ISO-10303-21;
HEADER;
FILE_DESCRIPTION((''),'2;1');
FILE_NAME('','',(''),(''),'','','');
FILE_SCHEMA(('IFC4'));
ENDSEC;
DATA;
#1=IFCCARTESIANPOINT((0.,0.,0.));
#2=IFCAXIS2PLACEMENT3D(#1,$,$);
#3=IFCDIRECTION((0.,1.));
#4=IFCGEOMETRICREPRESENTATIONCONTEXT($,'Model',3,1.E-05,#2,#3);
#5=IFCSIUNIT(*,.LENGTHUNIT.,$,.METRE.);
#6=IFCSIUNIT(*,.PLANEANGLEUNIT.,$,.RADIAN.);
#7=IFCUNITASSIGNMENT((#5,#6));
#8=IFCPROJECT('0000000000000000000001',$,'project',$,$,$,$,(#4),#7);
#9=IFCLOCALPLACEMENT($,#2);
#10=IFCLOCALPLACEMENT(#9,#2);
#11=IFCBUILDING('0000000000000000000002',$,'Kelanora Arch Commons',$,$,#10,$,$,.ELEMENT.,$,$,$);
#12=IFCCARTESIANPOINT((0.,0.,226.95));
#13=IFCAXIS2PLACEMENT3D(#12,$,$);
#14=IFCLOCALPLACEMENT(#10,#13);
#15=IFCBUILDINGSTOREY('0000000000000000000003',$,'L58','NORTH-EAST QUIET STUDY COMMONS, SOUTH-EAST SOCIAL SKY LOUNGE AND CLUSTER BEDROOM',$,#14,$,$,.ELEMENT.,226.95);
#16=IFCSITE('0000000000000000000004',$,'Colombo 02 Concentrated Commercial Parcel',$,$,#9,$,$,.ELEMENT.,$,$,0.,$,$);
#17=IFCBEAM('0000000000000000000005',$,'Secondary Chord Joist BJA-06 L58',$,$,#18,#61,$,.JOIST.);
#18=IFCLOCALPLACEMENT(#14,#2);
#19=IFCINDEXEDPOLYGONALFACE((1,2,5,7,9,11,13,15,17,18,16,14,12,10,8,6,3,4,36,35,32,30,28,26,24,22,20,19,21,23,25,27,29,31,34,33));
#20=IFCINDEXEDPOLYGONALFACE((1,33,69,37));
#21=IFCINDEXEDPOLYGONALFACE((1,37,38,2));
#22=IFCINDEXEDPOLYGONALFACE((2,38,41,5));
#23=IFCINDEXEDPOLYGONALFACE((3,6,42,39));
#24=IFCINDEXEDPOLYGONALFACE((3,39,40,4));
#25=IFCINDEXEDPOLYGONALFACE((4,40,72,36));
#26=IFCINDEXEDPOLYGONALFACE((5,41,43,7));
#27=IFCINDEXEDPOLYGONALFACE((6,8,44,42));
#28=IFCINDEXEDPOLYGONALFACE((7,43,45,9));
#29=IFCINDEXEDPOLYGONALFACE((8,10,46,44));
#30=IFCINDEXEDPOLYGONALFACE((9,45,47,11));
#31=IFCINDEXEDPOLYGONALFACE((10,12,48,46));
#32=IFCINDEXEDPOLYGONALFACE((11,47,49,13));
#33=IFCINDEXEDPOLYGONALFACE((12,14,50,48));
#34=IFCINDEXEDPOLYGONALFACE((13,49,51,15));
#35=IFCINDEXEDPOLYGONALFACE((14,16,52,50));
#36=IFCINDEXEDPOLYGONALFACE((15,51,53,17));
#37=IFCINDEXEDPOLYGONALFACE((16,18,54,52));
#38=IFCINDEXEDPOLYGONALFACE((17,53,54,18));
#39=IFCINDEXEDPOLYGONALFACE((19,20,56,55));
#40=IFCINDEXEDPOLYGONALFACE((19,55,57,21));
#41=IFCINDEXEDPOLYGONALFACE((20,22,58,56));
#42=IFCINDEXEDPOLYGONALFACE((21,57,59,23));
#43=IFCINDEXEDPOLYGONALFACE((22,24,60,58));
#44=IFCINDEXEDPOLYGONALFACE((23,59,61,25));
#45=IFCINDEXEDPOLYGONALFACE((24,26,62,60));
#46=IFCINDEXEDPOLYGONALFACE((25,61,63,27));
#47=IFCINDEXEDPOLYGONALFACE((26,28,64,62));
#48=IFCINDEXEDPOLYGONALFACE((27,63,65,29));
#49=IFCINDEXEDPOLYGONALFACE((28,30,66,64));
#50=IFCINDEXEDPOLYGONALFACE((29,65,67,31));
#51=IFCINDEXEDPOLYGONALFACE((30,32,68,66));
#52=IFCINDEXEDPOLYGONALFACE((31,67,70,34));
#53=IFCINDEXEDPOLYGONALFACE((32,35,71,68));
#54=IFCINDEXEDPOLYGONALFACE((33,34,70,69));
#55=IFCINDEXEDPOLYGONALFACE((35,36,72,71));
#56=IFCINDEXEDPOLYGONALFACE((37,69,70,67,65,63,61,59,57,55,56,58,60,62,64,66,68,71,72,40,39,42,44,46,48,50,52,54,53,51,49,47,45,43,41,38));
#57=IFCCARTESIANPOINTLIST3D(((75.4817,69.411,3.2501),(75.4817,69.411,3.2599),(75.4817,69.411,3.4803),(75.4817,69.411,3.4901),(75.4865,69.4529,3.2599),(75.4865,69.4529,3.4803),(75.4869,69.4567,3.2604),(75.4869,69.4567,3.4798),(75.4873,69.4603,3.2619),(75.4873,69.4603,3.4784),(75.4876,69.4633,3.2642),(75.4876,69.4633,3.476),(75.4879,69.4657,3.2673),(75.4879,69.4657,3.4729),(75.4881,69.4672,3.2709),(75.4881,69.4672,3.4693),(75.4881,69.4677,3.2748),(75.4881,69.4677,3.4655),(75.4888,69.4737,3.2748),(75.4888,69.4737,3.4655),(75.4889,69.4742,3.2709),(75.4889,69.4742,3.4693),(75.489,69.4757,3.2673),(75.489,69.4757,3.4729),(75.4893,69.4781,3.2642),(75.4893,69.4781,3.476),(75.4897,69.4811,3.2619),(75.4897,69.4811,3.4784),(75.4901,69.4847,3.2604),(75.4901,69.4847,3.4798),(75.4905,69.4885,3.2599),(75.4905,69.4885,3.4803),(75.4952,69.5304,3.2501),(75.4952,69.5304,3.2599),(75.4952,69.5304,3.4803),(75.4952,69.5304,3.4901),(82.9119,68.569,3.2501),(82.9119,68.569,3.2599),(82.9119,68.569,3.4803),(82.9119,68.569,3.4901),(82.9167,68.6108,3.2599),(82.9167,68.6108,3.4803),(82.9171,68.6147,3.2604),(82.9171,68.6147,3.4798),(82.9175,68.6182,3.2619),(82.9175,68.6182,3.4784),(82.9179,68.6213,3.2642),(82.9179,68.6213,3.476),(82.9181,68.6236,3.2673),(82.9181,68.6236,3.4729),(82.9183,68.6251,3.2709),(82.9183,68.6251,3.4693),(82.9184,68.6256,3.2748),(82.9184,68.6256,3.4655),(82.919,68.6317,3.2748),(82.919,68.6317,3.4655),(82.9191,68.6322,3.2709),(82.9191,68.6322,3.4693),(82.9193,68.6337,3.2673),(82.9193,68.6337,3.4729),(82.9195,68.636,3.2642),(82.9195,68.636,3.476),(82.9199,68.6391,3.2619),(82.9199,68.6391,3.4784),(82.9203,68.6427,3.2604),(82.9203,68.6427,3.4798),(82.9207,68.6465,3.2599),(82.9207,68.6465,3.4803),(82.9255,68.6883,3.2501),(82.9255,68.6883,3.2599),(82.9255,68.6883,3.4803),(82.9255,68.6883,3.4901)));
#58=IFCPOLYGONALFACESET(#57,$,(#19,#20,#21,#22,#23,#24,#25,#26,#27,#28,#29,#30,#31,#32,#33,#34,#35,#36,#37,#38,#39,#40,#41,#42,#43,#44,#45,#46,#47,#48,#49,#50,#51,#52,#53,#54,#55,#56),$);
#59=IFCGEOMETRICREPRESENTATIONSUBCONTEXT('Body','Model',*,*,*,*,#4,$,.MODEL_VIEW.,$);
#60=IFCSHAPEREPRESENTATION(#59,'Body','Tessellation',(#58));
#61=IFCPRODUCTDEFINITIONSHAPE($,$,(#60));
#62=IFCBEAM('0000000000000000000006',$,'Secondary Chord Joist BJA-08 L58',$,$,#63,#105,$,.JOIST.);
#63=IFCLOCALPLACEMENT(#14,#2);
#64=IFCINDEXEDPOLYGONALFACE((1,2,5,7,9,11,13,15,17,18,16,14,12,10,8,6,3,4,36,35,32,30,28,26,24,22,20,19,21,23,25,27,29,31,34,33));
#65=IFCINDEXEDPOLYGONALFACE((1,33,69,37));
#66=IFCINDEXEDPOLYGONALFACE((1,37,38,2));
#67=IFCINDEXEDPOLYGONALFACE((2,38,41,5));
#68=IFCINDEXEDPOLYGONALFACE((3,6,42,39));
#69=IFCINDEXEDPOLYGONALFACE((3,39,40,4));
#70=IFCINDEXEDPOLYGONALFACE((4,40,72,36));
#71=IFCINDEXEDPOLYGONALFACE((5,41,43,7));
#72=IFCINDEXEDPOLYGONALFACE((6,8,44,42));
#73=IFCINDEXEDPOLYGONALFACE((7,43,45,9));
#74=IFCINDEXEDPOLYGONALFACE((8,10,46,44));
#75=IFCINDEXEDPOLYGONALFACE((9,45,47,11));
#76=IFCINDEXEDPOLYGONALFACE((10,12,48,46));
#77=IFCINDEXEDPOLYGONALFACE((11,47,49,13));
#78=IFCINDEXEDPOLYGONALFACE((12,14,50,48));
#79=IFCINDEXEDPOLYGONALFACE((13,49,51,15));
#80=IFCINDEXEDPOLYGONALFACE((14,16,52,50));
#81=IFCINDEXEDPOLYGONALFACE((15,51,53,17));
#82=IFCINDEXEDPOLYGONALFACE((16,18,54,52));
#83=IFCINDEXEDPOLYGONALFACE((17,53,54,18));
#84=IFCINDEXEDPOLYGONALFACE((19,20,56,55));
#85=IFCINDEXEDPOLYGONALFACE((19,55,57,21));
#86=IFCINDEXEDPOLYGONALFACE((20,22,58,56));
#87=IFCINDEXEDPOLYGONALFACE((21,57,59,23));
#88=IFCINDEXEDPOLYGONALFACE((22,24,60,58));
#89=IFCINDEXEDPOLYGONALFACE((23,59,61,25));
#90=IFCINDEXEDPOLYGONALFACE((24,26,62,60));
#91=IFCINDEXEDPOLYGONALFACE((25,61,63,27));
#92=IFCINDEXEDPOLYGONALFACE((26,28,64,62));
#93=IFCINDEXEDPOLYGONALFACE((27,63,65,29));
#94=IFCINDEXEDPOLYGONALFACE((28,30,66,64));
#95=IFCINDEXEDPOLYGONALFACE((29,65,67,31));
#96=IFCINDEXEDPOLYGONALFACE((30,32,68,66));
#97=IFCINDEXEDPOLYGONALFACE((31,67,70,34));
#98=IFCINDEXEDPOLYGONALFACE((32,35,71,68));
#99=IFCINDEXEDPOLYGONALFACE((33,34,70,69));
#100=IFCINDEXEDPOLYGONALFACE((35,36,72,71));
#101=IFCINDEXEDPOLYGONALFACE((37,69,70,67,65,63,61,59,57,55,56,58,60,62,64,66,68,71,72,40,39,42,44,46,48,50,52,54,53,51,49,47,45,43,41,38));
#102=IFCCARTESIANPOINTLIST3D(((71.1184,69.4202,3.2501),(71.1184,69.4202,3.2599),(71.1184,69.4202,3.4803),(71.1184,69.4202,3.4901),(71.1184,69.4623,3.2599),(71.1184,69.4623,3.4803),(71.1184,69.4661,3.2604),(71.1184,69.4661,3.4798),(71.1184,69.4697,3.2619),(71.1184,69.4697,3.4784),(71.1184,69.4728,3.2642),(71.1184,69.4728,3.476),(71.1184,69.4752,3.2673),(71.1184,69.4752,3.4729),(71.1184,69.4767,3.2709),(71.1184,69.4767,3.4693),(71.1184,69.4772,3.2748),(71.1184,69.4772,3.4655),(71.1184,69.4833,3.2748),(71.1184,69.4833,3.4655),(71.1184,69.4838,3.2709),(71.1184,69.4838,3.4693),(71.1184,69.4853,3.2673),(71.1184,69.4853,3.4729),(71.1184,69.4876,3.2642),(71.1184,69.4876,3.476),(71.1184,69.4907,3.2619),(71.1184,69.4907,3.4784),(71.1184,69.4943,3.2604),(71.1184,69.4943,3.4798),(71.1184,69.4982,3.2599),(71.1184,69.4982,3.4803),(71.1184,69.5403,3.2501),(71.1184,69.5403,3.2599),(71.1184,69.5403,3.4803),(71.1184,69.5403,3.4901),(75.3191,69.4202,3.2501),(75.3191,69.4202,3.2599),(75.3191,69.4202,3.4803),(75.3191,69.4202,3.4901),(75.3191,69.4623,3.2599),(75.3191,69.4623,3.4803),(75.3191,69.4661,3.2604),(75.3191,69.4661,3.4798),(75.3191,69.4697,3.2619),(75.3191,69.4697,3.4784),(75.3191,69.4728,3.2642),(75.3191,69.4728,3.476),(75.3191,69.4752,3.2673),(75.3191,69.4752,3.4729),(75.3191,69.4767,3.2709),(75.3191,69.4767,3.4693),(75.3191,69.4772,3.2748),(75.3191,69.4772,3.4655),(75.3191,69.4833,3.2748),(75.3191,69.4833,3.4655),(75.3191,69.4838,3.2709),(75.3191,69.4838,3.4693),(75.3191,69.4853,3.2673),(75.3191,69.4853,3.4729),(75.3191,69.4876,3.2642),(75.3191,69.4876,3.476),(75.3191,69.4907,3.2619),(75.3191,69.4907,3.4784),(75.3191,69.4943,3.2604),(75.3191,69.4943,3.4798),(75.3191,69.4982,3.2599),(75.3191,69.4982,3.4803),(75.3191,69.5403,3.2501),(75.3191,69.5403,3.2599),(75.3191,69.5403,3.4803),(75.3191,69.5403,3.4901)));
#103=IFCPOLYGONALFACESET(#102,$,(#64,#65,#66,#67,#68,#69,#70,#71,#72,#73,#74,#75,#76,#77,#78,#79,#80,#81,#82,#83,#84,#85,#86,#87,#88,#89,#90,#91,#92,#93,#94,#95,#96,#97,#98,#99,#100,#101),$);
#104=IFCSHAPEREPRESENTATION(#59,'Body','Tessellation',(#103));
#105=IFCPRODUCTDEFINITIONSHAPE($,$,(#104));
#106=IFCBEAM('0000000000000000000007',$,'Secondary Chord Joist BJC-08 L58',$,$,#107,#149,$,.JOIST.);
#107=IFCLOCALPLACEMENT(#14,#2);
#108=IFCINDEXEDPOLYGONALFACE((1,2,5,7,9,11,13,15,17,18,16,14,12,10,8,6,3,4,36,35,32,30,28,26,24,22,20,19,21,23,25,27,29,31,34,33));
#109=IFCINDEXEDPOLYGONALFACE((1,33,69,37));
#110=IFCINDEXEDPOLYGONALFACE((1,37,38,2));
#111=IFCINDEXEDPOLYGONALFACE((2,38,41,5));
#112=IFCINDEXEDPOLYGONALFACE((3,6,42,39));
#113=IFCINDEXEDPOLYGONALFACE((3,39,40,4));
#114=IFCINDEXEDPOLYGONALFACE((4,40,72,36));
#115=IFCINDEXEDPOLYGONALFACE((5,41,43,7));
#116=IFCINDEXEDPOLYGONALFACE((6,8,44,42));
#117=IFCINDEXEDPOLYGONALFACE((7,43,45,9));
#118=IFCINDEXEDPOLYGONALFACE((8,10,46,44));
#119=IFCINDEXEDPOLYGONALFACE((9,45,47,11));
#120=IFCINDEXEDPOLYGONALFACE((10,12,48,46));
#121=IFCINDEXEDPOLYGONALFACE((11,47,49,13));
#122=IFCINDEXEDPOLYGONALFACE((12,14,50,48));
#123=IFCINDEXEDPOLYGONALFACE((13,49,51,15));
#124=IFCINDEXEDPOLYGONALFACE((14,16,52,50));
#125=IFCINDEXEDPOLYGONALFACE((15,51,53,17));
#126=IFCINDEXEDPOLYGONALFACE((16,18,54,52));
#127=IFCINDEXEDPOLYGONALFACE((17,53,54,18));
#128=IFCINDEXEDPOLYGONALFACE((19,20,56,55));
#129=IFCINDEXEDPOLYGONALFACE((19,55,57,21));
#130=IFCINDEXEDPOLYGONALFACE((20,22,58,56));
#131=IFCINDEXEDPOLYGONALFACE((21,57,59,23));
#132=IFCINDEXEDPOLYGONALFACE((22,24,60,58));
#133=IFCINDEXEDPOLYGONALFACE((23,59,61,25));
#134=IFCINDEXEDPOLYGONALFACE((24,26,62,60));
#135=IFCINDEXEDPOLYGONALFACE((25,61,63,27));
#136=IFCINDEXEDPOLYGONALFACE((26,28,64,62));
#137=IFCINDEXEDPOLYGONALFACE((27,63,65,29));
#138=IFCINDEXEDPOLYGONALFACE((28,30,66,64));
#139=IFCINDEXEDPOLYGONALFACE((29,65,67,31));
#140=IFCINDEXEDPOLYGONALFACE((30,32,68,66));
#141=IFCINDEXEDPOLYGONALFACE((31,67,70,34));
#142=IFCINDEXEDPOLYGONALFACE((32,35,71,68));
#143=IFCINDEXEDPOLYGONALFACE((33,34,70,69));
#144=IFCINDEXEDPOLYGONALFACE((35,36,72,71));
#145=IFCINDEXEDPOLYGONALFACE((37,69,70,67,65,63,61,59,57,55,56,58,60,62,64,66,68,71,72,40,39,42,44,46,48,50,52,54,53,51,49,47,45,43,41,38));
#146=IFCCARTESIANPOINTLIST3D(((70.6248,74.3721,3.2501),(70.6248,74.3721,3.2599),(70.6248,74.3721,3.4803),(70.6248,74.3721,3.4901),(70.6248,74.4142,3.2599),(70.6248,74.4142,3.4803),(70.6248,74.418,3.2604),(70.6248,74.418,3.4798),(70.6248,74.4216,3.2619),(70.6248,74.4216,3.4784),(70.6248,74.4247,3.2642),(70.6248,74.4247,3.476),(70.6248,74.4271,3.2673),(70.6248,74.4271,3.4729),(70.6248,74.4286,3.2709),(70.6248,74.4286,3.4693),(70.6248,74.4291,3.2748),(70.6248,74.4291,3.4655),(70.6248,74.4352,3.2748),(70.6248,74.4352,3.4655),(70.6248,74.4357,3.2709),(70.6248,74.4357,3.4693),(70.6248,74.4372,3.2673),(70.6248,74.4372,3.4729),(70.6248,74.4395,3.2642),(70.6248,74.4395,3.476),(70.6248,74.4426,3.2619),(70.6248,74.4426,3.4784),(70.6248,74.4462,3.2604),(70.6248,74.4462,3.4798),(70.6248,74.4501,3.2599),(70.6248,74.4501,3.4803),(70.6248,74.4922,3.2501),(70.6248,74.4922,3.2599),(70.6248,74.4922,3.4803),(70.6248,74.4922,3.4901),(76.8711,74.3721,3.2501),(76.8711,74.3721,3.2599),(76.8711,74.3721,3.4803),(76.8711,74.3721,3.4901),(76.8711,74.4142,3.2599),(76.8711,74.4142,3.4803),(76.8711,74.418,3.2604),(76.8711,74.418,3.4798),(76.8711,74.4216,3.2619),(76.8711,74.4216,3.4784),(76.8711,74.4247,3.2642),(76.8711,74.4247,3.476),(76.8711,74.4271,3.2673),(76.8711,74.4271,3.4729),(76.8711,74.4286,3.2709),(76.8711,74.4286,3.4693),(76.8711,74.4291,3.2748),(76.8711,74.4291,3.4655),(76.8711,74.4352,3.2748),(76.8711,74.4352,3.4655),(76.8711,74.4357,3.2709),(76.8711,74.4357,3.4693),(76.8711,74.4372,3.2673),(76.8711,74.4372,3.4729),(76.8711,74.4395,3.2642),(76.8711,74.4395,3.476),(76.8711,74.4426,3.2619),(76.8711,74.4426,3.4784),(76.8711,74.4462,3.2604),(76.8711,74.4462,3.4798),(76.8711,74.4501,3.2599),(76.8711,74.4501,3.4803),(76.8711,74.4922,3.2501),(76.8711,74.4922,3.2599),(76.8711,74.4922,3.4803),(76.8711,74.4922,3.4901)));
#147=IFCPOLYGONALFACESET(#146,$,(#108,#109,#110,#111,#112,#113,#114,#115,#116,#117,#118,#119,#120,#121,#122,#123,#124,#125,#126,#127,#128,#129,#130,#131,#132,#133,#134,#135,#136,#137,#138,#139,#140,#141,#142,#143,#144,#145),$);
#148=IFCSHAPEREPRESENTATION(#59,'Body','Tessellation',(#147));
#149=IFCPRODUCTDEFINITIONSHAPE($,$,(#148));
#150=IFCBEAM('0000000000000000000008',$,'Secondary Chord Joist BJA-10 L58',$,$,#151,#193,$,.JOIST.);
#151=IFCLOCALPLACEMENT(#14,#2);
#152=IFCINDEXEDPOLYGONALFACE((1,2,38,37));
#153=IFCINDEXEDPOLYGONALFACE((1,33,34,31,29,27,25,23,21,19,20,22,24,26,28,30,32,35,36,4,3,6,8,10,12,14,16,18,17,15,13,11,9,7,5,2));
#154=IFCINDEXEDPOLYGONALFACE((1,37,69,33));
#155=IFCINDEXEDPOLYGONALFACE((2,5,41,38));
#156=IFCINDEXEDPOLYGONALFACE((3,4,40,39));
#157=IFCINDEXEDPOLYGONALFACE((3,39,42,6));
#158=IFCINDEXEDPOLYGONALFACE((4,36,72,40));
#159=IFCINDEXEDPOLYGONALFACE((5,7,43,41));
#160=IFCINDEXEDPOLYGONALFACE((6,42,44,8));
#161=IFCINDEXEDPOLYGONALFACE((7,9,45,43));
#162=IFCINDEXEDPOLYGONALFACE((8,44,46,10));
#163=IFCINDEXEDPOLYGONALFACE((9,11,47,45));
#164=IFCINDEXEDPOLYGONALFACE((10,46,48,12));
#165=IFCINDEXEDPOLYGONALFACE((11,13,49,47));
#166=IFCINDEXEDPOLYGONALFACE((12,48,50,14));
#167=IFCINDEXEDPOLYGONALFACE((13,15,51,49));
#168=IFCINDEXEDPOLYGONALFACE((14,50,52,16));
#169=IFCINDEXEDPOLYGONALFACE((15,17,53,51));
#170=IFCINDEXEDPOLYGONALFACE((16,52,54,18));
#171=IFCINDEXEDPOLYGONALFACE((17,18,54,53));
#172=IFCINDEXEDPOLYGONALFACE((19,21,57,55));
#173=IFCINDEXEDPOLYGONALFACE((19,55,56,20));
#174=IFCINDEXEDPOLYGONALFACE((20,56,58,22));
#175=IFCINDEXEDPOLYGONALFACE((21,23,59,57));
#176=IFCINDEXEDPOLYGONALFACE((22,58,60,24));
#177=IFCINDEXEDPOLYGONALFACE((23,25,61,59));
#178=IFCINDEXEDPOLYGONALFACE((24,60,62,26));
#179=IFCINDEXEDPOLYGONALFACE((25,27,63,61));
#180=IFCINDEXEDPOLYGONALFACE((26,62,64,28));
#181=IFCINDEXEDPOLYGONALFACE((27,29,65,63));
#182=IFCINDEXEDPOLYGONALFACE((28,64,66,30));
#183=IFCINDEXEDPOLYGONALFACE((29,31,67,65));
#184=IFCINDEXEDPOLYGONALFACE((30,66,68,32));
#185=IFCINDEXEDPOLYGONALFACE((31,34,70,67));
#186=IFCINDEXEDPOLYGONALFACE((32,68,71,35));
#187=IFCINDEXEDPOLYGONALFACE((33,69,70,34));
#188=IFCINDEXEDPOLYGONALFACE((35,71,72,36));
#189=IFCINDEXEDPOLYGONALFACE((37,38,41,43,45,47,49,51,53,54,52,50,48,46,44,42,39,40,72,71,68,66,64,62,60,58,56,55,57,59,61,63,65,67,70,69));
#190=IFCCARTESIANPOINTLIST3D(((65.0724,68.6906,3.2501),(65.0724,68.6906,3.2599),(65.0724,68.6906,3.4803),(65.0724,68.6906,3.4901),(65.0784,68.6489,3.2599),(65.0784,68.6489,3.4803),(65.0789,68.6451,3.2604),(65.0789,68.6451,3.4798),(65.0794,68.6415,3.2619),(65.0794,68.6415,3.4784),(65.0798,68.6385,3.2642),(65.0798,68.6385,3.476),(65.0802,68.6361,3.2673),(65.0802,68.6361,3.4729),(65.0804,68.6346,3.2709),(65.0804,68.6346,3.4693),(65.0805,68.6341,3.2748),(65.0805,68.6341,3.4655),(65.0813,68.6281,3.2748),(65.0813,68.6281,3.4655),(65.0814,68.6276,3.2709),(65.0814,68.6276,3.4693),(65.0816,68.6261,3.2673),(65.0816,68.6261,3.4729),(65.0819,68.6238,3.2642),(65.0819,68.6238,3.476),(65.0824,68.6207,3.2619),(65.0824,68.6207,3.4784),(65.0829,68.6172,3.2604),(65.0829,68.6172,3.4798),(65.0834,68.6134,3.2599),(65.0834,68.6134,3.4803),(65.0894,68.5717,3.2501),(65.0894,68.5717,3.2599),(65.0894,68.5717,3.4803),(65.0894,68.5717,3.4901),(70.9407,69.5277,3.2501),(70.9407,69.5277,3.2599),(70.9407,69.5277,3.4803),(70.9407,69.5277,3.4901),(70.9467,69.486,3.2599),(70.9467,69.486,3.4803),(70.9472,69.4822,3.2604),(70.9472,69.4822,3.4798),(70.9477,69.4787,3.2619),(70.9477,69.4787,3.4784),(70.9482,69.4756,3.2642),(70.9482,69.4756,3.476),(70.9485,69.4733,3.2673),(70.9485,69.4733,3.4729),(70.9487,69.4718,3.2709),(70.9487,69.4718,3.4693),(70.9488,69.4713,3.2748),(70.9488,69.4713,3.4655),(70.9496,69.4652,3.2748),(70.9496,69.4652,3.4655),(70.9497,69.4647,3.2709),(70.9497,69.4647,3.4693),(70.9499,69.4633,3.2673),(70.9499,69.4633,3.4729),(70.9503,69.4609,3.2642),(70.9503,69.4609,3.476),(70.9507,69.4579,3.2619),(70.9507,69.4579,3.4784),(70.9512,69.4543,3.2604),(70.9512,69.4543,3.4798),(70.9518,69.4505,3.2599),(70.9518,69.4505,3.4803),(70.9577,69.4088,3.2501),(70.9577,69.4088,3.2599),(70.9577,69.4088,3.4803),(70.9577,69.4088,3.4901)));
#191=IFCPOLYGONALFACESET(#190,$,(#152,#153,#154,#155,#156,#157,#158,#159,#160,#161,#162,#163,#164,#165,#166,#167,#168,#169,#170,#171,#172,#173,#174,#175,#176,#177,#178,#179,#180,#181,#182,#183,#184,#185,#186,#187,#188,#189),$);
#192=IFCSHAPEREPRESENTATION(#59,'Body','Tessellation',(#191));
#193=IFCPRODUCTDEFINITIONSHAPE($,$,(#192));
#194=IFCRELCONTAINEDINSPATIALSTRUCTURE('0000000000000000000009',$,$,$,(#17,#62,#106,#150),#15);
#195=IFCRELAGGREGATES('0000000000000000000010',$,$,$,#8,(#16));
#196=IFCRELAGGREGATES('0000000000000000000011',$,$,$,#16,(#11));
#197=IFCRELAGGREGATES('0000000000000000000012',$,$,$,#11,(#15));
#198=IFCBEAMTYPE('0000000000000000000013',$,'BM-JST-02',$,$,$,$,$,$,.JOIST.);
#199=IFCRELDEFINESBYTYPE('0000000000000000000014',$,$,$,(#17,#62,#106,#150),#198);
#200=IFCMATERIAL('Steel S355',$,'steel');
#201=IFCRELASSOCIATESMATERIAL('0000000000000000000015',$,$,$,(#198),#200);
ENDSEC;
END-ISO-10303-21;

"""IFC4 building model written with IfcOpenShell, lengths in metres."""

from ifc_helpers import new_model, si_unit, direction, frame, origin, origin_2d, place, context, subcontext, project, spatial, i_section, extrude, material, material_profile, profile_set, type_object, element, save


model = new_model("IFC4")

# Units and contexts
model_context = context("Model", 3, precision=1e-05, world=origin(), true_north=direction((0.0, 1.0)))
body_context = subcontext(model_context, "Body", "Model", "MODEL_VIEW")
ifc_project = project(units=[si_unit("LENGTHUNIT", "METRE"), si_unit("PLANEANGLEUNIT", "RADIAN")], contexts=[model_context])

# Site, building, storey
site_placement = place(None, origin())
site = spatial("IfcSite", under=ifc_project, at=site_placement, Name="Colombo 02 Concentrated Commercial Parcel", CompositionType="ELEMENT", RefElevation=0.0)
building_placement = place(site_placement, origin())
building = spatial("IfcBuilding", under=site, at=building_placement, Name="Kelanora Arch Commons", CompositionType="ELEMENT")
storey_placement = place(building_placement, frame((0.0, 0.0, 226.95)))
storey = spatial("IfcBuildingStorey", under=building, at=storey_placement, Name="L58", Description="NORTH-EAST QUIET STUDY COMMONS, SOUTH-EAST SOCIAL SKY LOUNGE AND CLUSTER BEDROOM", CompositionType="ELEMENT", Elevation=226.95)

# Beams
ifc_material_1 = material(Name="Steel S355", Category="steel")
ifc_material_profile_1 = material_profile(ifc_material_1, i_section(OverallWidth=0.1201, OverallDepth=0.24, WebThickness=0.0061, FlangeThickness=0.0098, FilletRadius=0.0149, at=origin_2d()), Name="IPE240")
ifc_profile_set_1 = profile_set([ifc_material_profile_1], Name="Steel S355")
beam_type_1 = type_object("IfcBeamType", Name="BM-JST-02", PredefinedType="JOIST", material=ifc_profile_set_1)
beam_1_placement = place(storey_placement, frame((82.9187, 68.6287, 3.3701), z_axis=(-0.99364, 0.112606, 0.0), x_axis=(-0.112606, -0.99364, 0.0)))
element("IfcBeam", 1, at=beam_1_placement, inside=storey, type_object=beam_type_1, Name="Secondary Chord Joist BJA-06 L58", PredefinedType="JOIST", context=body_context, shape_type="SweptSolid", body=[
    extrude(i_section(OverallWidth=0.1201, OverallDepth=0.24, WebThickness=0.0061, FlangeThickness=0.0098, FilletRadius=0.0149, at=origin_2d()), origin(), (0.0, 0.0, 1.0), 7.4778),
])
beam_2_placement = place(storey_placement, frame((75.3191, 69.4802, 3.3701), z_axis=(-1.0, 0.0, 0.0), x_axis=(0.0, -1.0, 0.0)))
element("IfcBeam", 2, at=beam_2_placement, inside=storey, type_object=beam_type_1, Name="Secondary Chord Joist BJA-08 L58", PredefinedType="JOIST", context=body_context, shape_type="SweptSolid", body=[
    extrude(i_section(OverallWidth=0.1201, OverallDepth=0.24, WebThickness=0.0061, FlangeThickness=0.0098, FilletRadius=0.0149, at=origin_2d()), origin(), (0.0, 0.0, 1.0), 4.2007),
])
beam_3_placement = place(storey_placement, frame((76.8711, 74.4321, 3.3701), z_axis=(-1.0, 0.0, 0.0), x_axis=(0.0, -1.0, 0.0)))
element("IfcBeam", 3, at=beam_3_placement, inside=storey, type_object=beam_type_1, Name="Secondary Chord Joist BJC-08 L58", PredefinedType="JOIST", context=body_context, shape_type="SweptSolid", body=[
    extrude(i_section(OverallWidth=0.1201, OverallDepth=0.24, WebThickness=0.0061, FlangeThickness=0.0098, FilletRadius=0.0149, at=origin_2d()), origin(), (0.0, 0.0, 1.0), 6.2463),
])
beam_4_placement = place(storey_placement, frame((70.9492, 69.4683, 3.3701), z_axis=(-0.989977, -0.141225, 0.0), x_axis=(0.141225, -0.989977, 0.0)))
element("IfcBeam", 4, at=beam_4_placement, inside=storey, type_object=beam_type_1, Name="Secondary Chord Joist BJA-10 L58", PredefinedType="JOIST", context=body_context, shape_type="SweptSolid", body=[
    extrude(i_section(OverallWidth=0.1201, OverallDepth=0.24, WebThickness=0.0061, FlangeThickness=0.0098, FilletRadius=0.0149, at=origin_2d()), origin(), (0.0, 0.0, 1.0), 5.9277),
])

save(model, "model.ifc")
